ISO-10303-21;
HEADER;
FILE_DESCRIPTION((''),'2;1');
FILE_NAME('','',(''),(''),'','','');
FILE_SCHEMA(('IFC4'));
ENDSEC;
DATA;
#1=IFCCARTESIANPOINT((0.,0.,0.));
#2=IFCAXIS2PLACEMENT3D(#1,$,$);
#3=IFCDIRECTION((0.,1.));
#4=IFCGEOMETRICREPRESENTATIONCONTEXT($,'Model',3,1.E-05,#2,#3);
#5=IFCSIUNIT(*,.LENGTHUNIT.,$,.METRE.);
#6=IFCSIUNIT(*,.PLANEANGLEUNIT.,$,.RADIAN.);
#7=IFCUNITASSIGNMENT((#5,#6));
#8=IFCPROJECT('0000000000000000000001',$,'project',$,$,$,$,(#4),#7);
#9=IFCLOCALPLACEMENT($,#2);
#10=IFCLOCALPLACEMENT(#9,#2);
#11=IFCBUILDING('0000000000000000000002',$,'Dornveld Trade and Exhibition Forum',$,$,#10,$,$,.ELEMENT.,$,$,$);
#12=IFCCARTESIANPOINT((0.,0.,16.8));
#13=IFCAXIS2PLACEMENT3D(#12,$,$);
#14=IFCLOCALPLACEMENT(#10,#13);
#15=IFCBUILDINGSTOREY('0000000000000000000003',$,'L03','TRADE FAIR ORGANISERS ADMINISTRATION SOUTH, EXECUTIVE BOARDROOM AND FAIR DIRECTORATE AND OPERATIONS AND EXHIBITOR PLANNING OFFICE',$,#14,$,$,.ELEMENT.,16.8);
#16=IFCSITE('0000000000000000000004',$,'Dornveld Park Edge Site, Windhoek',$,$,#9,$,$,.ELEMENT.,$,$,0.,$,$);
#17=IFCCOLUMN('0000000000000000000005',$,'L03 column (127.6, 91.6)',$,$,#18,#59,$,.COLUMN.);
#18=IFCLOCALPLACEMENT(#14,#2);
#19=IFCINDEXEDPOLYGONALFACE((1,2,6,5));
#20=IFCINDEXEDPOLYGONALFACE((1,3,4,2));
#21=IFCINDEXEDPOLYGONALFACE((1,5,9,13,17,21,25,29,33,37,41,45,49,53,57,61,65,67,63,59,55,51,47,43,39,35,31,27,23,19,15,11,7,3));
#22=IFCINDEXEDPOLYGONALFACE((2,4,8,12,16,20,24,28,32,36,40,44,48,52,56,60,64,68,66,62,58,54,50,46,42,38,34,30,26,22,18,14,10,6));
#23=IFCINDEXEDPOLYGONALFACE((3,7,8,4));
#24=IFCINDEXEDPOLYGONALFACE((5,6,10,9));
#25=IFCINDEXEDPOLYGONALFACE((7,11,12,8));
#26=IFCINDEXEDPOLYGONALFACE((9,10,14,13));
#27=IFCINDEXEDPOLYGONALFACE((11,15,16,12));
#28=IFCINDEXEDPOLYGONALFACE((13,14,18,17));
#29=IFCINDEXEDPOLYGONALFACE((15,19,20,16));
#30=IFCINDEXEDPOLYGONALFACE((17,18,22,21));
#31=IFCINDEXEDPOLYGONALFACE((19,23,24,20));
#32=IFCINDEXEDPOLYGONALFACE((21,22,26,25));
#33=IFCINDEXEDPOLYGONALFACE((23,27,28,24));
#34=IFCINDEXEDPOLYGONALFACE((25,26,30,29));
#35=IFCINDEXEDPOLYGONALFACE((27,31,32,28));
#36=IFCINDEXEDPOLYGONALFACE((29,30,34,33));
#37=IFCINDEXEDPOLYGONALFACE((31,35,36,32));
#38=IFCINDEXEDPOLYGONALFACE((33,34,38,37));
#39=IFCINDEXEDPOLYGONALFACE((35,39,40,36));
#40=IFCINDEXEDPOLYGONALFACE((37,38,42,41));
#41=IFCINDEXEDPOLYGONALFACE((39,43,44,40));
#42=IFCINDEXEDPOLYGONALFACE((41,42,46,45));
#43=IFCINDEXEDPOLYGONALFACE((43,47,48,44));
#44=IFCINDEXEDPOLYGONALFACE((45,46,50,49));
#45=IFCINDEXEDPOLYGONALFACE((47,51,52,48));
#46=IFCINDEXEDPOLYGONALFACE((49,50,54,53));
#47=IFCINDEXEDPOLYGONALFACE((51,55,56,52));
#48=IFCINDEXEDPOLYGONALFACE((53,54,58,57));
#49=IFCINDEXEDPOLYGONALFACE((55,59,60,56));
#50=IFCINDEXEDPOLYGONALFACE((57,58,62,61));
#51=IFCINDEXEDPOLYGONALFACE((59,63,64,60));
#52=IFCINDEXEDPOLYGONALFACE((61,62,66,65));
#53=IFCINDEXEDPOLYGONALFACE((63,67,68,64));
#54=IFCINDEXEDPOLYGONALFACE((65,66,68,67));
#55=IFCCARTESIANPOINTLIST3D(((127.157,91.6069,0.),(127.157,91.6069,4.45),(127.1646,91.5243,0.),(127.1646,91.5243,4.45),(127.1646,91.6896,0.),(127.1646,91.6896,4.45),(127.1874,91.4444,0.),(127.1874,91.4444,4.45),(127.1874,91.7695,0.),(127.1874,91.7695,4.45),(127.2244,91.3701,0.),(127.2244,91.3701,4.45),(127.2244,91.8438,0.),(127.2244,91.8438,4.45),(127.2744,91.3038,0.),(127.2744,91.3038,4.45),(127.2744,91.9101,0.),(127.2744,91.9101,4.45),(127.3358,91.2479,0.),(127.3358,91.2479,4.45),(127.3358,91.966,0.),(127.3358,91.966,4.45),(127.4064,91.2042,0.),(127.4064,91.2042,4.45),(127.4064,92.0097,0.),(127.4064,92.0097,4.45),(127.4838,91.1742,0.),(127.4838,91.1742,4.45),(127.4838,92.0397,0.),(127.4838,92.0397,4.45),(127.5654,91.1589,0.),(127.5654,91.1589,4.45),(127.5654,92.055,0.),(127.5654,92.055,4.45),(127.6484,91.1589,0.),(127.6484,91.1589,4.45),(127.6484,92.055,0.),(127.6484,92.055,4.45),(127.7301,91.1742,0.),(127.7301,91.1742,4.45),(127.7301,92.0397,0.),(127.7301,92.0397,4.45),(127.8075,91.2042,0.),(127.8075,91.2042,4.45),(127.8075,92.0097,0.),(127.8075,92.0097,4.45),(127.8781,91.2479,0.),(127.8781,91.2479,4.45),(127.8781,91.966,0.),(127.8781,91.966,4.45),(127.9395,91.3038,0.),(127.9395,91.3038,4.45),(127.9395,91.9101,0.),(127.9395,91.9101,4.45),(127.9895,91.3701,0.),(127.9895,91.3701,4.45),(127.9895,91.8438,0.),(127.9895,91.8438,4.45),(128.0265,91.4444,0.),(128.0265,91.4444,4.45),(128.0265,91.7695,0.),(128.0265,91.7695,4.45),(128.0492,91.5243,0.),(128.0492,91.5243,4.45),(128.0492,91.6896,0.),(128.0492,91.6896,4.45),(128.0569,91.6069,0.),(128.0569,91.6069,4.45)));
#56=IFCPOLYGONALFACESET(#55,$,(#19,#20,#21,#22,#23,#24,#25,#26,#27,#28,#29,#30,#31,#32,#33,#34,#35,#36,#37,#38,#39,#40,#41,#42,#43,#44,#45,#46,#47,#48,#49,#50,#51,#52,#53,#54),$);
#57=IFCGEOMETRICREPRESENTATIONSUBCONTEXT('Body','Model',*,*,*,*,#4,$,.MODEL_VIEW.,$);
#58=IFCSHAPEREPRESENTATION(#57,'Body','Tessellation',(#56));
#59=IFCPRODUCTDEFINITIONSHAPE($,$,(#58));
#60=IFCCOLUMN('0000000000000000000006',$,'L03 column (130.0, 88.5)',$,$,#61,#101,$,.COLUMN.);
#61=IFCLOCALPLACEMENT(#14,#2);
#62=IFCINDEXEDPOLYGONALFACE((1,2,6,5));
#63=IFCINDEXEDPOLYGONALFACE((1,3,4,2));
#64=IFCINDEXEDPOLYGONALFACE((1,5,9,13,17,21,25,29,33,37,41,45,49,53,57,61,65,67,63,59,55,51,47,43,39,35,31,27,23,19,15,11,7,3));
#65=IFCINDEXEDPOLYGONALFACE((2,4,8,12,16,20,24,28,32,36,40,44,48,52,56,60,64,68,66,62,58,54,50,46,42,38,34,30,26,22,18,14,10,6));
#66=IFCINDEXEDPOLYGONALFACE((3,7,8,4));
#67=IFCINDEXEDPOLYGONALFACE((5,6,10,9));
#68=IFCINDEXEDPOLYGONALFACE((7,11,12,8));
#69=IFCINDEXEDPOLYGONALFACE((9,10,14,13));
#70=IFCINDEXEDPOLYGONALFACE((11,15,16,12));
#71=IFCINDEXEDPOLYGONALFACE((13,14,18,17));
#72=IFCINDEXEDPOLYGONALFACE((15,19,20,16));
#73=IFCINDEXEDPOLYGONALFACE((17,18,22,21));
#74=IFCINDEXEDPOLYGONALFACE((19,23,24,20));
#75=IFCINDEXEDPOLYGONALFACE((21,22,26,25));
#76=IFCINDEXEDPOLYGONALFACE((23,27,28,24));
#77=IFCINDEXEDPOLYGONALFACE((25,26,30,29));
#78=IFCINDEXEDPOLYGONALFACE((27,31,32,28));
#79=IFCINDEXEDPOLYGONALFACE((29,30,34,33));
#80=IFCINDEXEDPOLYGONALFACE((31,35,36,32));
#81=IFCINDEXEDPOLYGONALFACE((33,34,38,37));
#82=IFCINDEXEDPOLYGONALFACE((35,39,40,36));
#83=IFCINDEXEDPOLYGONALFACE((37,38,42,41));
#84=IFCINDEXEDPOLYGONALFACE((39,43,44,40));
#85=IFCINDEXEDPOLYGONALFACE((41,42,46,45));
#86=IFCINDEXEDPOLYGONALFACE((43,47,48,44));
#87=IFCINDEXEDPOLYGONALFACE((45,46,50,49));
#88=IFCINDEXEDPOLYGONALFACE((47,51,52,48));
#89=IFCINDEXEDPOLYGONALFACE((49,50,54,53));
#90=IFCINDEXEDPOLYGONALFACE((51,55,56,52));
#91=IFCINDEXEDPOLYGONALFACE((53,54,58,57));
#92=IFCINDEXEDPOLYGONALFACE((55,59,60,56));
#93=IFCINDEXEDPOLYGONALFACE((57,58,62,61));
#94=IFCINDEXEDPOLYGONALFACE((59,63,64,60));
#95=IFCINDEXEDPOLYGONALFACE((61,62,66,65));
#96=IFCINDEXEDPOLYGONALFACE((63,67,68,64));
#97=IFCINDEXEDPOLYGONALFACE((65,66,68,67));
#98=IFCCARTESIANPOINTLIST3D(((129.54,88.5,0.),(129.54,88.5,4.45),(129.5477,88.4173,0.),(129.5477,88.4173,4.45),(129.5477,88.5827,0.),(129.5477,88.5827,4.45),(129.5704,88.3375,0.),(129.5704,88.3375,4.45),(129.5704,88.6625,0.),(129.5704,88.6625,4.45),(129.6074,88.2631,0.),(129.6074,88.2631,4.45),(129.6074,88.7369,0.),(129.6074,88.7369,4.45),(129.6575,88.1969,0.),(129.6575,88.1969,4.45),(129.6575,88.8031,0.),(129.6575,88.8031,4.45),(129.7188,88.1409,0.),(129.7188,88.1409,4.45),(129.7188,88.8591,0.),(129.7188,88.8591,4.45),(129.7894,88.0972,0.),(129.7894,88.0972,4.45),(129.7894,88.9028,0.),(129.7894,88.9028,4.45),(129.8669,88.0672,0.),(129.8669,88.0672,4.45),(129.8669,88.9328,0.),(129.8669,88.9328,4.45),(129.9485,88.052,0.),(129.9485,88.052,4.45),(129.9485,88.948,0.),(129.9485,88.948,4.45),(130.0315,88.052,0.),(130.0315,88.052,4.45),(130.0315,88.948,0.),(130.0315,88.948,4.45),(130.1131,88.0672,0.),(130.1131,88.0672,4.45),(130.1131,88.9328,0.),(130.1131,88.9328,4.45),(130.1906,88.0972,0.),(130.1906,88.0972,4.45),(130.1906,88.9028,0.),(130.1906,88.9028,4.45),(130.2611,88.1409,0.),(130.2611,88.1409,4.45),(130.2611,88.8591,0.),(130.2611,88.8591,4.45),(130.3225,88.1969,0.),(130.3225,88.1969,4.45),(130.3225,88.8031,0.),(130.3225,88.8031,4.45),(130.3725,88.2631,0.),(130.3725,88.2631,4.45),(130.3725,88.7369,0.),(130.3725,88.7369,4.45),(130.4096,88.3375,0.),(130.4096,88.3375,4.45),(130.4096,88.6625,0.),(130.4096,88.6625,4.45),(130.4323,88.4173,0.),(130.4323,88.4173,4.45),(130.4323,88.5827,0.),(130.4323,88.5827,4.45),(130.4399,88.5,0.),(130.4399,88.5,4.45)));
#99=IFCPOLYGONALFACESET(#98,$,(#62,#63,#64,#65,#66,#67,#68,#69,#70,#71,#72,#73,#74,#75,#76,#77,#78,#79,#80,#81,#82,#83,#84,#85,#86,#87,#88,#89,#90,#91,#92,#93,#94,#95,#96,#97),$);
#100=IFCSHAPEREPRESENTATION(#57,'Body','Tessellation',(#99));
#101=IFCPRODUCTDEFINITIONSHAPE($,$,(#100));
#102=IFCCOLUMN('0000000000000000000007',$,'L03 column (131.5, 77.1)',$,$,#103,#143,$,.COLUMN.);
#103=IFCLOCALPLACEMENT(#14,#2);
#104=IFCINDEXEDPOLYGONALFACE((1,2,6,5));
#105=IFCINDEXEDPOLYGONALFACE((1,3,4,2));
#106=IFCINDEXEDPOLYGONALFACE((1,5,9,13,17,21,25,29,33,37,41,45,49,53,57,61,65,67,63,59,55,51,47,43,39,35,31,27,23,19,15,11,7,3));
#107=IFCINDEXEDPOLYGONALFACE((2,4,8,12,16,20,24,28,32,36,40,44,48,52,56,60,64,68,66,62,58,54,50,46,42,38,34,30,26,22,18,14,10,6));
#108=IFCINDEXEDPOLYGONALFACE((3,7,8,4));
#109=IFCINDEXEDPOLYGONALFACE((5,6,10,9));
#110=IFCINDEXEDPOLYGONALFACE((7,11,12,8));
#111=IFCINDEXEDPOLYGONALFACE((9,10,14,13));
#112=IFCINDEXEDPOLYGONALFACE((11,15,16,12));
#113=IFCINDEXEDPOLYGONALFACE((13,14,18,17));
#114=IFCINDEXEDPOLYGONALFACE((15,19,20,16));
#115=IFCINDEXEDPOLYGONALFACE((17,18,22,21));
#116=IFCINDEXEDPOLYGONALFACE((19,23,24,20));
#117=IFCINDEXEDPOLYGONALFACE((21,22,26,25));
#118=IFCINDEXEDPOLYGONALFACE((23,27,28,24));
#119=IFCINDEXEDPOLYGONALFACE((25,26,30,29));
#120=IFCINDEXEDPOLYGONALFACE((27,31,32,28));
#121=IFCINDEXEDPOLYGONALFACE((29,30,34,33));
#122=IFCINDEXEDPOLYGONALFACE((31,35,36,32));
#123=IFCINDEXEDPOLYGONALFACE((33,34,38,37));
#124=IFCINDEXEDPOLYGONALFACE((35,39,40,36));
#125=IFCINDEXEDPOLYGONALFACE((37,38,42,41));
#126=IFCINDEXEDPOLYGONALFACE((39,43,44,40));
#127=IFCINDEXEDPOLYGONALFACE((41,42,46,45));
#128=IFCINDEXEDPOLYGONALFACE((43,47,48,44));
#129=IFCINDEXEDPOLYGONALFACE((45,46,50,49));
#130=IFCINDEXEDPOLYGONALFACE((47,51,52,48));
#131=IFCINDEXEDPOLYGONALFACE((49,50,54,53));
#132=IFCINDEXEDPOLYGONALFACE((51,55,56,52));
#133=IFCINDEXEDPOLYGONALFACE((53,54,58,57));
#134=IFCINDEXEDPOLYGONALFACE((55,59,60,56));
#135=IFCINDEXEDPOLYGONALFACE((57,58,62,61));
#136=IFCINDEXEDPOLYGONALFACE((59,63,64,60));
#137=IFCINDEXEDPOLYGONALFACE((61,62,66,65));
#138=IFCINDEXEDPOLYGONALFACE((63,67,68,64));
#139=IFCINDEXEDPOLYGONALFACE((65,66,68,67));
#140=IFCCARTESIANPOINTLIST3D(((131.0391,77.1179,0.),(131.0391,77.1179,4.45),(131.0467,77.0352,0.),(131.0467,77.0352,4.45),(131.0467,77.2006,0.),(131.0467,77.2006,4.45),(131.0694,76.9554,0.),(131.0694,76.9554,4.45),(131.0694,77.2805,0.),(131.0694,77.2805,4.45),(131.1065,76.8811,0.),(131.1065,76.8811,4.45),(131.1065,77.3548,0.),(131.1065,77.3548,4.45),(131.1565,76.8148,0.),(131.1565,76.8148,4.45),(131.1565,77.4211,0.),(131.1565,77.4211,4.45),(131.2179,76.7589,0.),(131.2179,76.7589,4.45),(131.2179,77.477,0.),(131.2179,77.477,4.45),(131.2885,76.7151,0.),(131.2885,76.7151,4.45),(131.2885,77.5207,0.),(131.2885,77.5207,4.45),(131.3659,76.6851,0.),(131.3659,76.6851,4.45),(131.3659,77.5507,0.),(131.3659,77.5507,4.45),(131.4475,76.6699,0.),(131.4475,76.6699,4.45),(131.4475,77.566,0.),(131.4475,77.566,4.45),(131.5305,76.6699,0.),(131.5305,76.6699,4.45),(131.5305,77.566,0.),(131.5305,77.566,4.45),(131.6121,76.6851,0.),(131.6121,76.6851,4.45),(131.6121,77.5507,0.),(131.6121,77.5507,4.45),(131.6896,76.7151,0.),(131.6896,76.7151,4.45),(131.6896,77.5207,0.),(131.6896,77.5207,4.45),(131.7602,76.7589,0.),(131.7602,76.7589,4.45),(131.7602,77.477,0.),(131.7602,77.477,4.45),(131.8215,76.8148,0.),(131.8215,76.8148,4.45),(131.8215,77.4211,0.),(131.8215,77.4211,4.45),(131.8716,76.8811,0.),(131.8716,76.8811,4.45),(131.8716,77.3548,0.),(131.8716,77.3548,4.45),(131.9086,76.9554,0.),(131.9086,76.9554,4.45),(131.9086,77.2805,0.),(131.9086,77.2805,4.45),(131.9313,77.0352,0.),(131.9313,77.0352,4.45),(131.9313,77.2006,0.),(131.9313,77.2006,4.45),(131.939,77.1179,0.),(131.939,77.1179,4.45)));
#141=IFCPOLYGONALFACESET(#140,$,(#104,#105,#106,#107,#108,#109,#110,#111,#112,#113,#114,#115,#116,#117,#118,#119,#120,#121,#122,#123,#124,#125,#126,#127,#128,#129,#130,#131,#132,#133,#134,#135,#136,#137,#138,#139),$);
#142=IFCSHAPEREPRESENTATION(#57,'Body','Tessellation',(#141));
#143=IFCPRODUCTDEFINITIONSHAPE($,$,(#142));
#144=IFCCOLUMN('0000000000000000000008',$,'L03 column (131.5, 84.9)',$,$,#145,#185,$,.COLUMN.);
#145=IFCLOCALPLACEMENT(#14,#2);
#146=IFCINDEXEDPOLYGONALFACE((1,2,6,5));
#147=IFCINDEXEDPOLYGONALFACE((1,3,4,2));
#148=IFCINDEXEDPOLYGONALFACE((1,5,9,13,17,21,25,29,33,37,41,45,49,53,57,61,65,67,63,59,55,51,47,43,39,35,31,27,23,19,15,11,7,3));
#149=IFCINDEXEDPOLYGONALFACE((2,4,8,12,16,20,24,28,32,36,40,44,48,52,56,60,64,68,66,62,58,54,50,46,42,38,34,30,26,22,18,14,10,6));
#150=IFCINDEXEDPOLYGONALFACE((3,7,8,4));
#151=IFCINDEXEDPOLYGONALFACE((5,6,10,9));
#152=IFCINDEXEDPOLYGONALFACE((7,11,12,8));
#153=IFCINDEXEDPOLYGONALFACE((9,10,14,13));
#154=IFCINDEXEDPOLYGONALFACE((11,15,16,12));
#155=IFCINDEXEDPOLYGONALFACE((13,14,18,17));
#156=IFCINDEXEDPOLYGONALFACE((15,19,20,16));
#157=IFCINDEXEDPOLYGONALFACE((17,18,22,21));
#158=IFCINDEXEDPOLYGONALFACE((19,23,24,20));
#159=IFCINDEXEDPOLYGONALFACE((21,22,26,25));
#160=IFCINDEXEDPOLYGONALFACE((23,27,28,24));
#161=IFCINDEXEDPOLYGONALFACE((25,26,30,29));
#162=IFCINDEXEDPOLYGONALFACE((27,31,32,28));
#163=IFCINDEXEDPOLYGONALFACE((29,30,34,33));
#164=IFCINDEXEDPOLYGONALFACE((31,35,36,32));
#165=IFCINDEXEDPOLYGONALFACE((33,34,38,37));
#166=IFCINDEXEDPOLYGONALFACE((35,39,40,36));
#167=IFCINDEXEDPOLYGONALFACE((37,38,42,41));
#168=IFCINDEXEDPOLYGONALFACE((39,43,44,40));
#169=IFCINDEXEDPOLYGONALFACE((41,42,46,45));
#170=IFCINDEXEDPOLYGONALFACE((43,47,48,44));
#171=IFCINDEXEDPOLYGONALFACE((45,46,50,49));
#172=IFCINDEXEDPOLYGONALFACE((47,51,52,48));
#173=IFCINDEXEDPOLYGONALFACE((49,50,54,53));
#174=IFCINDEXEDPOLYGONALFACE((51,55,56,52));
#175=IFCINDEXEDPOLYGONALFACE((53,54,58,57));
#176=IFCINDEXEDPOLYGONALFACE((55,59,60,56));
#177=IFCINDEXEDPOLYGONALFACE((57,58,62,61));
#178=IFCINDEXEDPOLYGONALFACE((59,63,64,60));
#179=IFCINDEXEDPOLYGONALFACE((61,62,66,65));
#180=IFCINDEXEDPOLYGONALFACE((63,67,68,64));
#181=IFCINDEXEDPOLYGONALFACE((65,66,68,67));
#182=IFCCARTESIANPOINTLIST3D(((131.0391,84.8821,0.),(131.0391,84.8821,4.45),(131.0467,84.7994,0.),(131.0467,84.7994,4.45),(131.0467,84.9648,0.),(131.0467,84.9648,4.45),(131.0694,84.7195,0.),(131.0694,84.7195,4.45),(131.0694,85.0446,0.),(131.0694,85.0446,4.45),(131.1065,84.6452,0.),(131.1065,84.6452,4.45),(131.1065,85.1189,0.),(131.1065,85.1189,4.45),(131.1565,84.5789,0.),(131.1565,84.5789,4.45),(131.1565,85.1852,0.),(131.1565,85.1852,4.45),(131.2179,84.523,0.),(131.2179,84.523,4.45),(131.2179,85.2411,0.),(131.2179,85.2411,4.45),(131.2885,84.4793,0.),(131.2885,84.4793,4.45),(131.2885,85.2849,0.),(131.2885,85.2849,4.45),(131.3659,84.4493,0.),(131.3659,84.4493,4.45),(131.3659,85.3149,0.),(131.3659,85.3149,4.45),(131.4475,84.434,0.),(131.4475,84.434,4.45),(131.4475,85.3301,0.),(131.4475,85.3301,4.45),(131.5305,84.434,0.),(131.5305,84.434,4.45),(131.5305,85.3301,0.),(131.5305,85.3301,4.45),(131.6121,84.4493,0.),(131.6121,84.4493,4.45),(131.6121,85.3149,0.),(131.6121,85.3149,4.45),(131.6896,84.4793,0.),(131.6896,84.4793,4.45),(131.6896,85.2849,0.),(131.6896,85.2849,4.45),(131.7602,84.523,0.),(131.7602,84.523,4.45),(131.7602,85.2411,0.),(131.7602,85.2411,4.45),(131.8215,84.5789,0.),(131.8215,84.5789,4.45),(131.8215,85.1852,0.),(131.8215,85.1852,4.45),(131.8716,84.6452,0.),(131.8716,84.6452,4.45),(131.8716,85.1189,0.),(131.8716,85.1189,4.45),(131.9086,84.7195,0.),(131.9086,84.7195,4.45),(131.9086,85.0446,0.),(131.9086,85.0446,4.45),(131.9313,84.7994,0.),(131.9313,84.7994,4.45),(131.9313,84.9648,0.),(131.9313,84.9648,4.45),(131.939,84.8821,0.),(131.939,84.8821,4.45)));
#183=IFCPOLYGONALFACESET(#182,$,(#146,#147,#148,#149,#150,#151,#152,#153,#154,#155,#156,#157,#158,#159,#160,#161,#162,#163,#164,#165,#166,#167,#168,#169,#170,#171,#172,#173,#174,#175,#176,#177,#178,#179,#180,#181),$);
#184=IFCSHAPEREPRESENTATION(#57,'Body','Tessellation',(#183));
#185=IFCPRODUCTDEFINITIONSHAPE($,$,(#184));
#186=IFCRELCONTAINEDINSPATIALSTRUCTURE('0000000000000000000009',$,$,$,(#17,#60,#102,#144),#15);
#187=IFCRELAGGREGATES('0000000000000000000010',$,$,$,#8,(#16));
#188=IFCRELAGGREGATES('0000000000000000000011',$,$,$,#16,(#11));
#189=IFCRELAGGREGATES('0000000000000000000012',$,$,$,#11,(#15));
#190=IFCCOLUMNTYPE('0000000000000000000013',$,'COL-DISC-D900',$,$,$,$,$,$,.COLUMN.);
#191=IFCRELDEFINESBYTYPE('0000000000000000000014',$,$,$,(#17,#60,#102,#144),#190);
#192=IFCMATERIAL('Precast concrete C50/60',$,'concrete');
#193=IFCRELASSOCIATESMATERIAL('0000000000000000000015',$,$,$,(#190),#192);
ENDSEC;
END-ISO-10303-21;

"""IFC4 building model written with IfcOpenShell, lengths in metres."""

from ifc_helpers import new_model, si_unit, direction, frame, origin, origin_2d, place, context, subcontext, project, spatial, circle, extrude, material, material_profile, profile_set, type_object, element, save


model = new_model("IFC4")

# Units and contexts
model_context = context("Model", 3, precision=1e-05, world=origin(), true_north=direction((0.0, 1.0)))
body_context = subcontext(model_context, "Body", "Model", "MODEL_VIEW")
ifc_project = project(units=[si_unit("LENGTHUNIT", "METRE"), si_unit("PLANEANGLEUNIT", "RADIAN")], contexts=[model_context])

# Site, building, storey
site_placement = place(None, origin())
site = spatial("IfcSite", under=ifc_project, at=site_placement, Name="Dornveld Park Edge Site, Windhoek", CompositionType="ELEMENT", RefElevation=0.0)
building_placement = place(site_placement, origin())
building = spatial("IfcBuilding", under=site, at=building_placement, Name="Dornveld Trade and Exhibition Forum", CompositionType="ELEMENT")
storey_placement = place(building_placement, frame((0.0, 0.0, 16.8)))
storey = spatial("IfcBuildingStorey", under=building, at=storey_placement, Name="L03", Description="TRADE FAIR ORGANISERS ADMINISTRATION SOUTH, EXECUTIVE BOARDROOM AND FAIR DIRECTORATE AND OPERATIONS AND EXHIBITOR PLANNING OFFICE", CompositionType="ELEMENT", Elevation=16.8)

# Columns
ifc_material_1 = material(Name="Precast concrete C50/60", Category="concrete")
ifc_material_profile_1 = material_profile(ifc_material_1, circle(Radius=0.45, at=origin_2d()), Name="PC-COL D900")
ifc_profile_set_1 = profile_set([ifc_material_profile_1], Name="Precast concrete C50/60")
column_type_1 = type_object("IfcColumnType", Name="COL-DISC-D900", PredefinedType="COLUMN", material=ifc_profile_set_1)
for number, where, z_axis, x_axis, name in (
    (1, (127.6069, 91.6069, 0.0), (0.0, 0.0, 1.0), (1.0, 0.0, 0.0), "L03 column (127.6, 91.6)"),
    (2, (129.99, 88.5, 0.0), (0.0, 0.0, 1.0), (1.0, 0.0, 0.0), "L03 column (130.0, 88.5)"),
    (3, (131.489, 77.1179, 0.0), (0.0, 0.0, 1.0), (1.0, 0.0, 0.0), "L03 column (131.5, 77.1)"),
    (4, (131.489, 84.8821, 0.0), (0.0, 0.0, 1.0), (1.0, 0.0, 0.0), "L03 column (131.5, 84.9)"),
):
    element("IfcColumn", number, at=place(storey_placement, frame(where, z_axis=z_axis, x_axis=x_axis)), inside=storey, type_object=column_type_1, Name=name, PredefinedType="COLUMN", context=body_context, shape_type="SweptSolid", body=[
        extrude(circle(Radius=0.45, at=origin_2d()), origin(), (0.0, 0.0, 1.0), 4.45),
    ])

save(model, "model.ifc")
